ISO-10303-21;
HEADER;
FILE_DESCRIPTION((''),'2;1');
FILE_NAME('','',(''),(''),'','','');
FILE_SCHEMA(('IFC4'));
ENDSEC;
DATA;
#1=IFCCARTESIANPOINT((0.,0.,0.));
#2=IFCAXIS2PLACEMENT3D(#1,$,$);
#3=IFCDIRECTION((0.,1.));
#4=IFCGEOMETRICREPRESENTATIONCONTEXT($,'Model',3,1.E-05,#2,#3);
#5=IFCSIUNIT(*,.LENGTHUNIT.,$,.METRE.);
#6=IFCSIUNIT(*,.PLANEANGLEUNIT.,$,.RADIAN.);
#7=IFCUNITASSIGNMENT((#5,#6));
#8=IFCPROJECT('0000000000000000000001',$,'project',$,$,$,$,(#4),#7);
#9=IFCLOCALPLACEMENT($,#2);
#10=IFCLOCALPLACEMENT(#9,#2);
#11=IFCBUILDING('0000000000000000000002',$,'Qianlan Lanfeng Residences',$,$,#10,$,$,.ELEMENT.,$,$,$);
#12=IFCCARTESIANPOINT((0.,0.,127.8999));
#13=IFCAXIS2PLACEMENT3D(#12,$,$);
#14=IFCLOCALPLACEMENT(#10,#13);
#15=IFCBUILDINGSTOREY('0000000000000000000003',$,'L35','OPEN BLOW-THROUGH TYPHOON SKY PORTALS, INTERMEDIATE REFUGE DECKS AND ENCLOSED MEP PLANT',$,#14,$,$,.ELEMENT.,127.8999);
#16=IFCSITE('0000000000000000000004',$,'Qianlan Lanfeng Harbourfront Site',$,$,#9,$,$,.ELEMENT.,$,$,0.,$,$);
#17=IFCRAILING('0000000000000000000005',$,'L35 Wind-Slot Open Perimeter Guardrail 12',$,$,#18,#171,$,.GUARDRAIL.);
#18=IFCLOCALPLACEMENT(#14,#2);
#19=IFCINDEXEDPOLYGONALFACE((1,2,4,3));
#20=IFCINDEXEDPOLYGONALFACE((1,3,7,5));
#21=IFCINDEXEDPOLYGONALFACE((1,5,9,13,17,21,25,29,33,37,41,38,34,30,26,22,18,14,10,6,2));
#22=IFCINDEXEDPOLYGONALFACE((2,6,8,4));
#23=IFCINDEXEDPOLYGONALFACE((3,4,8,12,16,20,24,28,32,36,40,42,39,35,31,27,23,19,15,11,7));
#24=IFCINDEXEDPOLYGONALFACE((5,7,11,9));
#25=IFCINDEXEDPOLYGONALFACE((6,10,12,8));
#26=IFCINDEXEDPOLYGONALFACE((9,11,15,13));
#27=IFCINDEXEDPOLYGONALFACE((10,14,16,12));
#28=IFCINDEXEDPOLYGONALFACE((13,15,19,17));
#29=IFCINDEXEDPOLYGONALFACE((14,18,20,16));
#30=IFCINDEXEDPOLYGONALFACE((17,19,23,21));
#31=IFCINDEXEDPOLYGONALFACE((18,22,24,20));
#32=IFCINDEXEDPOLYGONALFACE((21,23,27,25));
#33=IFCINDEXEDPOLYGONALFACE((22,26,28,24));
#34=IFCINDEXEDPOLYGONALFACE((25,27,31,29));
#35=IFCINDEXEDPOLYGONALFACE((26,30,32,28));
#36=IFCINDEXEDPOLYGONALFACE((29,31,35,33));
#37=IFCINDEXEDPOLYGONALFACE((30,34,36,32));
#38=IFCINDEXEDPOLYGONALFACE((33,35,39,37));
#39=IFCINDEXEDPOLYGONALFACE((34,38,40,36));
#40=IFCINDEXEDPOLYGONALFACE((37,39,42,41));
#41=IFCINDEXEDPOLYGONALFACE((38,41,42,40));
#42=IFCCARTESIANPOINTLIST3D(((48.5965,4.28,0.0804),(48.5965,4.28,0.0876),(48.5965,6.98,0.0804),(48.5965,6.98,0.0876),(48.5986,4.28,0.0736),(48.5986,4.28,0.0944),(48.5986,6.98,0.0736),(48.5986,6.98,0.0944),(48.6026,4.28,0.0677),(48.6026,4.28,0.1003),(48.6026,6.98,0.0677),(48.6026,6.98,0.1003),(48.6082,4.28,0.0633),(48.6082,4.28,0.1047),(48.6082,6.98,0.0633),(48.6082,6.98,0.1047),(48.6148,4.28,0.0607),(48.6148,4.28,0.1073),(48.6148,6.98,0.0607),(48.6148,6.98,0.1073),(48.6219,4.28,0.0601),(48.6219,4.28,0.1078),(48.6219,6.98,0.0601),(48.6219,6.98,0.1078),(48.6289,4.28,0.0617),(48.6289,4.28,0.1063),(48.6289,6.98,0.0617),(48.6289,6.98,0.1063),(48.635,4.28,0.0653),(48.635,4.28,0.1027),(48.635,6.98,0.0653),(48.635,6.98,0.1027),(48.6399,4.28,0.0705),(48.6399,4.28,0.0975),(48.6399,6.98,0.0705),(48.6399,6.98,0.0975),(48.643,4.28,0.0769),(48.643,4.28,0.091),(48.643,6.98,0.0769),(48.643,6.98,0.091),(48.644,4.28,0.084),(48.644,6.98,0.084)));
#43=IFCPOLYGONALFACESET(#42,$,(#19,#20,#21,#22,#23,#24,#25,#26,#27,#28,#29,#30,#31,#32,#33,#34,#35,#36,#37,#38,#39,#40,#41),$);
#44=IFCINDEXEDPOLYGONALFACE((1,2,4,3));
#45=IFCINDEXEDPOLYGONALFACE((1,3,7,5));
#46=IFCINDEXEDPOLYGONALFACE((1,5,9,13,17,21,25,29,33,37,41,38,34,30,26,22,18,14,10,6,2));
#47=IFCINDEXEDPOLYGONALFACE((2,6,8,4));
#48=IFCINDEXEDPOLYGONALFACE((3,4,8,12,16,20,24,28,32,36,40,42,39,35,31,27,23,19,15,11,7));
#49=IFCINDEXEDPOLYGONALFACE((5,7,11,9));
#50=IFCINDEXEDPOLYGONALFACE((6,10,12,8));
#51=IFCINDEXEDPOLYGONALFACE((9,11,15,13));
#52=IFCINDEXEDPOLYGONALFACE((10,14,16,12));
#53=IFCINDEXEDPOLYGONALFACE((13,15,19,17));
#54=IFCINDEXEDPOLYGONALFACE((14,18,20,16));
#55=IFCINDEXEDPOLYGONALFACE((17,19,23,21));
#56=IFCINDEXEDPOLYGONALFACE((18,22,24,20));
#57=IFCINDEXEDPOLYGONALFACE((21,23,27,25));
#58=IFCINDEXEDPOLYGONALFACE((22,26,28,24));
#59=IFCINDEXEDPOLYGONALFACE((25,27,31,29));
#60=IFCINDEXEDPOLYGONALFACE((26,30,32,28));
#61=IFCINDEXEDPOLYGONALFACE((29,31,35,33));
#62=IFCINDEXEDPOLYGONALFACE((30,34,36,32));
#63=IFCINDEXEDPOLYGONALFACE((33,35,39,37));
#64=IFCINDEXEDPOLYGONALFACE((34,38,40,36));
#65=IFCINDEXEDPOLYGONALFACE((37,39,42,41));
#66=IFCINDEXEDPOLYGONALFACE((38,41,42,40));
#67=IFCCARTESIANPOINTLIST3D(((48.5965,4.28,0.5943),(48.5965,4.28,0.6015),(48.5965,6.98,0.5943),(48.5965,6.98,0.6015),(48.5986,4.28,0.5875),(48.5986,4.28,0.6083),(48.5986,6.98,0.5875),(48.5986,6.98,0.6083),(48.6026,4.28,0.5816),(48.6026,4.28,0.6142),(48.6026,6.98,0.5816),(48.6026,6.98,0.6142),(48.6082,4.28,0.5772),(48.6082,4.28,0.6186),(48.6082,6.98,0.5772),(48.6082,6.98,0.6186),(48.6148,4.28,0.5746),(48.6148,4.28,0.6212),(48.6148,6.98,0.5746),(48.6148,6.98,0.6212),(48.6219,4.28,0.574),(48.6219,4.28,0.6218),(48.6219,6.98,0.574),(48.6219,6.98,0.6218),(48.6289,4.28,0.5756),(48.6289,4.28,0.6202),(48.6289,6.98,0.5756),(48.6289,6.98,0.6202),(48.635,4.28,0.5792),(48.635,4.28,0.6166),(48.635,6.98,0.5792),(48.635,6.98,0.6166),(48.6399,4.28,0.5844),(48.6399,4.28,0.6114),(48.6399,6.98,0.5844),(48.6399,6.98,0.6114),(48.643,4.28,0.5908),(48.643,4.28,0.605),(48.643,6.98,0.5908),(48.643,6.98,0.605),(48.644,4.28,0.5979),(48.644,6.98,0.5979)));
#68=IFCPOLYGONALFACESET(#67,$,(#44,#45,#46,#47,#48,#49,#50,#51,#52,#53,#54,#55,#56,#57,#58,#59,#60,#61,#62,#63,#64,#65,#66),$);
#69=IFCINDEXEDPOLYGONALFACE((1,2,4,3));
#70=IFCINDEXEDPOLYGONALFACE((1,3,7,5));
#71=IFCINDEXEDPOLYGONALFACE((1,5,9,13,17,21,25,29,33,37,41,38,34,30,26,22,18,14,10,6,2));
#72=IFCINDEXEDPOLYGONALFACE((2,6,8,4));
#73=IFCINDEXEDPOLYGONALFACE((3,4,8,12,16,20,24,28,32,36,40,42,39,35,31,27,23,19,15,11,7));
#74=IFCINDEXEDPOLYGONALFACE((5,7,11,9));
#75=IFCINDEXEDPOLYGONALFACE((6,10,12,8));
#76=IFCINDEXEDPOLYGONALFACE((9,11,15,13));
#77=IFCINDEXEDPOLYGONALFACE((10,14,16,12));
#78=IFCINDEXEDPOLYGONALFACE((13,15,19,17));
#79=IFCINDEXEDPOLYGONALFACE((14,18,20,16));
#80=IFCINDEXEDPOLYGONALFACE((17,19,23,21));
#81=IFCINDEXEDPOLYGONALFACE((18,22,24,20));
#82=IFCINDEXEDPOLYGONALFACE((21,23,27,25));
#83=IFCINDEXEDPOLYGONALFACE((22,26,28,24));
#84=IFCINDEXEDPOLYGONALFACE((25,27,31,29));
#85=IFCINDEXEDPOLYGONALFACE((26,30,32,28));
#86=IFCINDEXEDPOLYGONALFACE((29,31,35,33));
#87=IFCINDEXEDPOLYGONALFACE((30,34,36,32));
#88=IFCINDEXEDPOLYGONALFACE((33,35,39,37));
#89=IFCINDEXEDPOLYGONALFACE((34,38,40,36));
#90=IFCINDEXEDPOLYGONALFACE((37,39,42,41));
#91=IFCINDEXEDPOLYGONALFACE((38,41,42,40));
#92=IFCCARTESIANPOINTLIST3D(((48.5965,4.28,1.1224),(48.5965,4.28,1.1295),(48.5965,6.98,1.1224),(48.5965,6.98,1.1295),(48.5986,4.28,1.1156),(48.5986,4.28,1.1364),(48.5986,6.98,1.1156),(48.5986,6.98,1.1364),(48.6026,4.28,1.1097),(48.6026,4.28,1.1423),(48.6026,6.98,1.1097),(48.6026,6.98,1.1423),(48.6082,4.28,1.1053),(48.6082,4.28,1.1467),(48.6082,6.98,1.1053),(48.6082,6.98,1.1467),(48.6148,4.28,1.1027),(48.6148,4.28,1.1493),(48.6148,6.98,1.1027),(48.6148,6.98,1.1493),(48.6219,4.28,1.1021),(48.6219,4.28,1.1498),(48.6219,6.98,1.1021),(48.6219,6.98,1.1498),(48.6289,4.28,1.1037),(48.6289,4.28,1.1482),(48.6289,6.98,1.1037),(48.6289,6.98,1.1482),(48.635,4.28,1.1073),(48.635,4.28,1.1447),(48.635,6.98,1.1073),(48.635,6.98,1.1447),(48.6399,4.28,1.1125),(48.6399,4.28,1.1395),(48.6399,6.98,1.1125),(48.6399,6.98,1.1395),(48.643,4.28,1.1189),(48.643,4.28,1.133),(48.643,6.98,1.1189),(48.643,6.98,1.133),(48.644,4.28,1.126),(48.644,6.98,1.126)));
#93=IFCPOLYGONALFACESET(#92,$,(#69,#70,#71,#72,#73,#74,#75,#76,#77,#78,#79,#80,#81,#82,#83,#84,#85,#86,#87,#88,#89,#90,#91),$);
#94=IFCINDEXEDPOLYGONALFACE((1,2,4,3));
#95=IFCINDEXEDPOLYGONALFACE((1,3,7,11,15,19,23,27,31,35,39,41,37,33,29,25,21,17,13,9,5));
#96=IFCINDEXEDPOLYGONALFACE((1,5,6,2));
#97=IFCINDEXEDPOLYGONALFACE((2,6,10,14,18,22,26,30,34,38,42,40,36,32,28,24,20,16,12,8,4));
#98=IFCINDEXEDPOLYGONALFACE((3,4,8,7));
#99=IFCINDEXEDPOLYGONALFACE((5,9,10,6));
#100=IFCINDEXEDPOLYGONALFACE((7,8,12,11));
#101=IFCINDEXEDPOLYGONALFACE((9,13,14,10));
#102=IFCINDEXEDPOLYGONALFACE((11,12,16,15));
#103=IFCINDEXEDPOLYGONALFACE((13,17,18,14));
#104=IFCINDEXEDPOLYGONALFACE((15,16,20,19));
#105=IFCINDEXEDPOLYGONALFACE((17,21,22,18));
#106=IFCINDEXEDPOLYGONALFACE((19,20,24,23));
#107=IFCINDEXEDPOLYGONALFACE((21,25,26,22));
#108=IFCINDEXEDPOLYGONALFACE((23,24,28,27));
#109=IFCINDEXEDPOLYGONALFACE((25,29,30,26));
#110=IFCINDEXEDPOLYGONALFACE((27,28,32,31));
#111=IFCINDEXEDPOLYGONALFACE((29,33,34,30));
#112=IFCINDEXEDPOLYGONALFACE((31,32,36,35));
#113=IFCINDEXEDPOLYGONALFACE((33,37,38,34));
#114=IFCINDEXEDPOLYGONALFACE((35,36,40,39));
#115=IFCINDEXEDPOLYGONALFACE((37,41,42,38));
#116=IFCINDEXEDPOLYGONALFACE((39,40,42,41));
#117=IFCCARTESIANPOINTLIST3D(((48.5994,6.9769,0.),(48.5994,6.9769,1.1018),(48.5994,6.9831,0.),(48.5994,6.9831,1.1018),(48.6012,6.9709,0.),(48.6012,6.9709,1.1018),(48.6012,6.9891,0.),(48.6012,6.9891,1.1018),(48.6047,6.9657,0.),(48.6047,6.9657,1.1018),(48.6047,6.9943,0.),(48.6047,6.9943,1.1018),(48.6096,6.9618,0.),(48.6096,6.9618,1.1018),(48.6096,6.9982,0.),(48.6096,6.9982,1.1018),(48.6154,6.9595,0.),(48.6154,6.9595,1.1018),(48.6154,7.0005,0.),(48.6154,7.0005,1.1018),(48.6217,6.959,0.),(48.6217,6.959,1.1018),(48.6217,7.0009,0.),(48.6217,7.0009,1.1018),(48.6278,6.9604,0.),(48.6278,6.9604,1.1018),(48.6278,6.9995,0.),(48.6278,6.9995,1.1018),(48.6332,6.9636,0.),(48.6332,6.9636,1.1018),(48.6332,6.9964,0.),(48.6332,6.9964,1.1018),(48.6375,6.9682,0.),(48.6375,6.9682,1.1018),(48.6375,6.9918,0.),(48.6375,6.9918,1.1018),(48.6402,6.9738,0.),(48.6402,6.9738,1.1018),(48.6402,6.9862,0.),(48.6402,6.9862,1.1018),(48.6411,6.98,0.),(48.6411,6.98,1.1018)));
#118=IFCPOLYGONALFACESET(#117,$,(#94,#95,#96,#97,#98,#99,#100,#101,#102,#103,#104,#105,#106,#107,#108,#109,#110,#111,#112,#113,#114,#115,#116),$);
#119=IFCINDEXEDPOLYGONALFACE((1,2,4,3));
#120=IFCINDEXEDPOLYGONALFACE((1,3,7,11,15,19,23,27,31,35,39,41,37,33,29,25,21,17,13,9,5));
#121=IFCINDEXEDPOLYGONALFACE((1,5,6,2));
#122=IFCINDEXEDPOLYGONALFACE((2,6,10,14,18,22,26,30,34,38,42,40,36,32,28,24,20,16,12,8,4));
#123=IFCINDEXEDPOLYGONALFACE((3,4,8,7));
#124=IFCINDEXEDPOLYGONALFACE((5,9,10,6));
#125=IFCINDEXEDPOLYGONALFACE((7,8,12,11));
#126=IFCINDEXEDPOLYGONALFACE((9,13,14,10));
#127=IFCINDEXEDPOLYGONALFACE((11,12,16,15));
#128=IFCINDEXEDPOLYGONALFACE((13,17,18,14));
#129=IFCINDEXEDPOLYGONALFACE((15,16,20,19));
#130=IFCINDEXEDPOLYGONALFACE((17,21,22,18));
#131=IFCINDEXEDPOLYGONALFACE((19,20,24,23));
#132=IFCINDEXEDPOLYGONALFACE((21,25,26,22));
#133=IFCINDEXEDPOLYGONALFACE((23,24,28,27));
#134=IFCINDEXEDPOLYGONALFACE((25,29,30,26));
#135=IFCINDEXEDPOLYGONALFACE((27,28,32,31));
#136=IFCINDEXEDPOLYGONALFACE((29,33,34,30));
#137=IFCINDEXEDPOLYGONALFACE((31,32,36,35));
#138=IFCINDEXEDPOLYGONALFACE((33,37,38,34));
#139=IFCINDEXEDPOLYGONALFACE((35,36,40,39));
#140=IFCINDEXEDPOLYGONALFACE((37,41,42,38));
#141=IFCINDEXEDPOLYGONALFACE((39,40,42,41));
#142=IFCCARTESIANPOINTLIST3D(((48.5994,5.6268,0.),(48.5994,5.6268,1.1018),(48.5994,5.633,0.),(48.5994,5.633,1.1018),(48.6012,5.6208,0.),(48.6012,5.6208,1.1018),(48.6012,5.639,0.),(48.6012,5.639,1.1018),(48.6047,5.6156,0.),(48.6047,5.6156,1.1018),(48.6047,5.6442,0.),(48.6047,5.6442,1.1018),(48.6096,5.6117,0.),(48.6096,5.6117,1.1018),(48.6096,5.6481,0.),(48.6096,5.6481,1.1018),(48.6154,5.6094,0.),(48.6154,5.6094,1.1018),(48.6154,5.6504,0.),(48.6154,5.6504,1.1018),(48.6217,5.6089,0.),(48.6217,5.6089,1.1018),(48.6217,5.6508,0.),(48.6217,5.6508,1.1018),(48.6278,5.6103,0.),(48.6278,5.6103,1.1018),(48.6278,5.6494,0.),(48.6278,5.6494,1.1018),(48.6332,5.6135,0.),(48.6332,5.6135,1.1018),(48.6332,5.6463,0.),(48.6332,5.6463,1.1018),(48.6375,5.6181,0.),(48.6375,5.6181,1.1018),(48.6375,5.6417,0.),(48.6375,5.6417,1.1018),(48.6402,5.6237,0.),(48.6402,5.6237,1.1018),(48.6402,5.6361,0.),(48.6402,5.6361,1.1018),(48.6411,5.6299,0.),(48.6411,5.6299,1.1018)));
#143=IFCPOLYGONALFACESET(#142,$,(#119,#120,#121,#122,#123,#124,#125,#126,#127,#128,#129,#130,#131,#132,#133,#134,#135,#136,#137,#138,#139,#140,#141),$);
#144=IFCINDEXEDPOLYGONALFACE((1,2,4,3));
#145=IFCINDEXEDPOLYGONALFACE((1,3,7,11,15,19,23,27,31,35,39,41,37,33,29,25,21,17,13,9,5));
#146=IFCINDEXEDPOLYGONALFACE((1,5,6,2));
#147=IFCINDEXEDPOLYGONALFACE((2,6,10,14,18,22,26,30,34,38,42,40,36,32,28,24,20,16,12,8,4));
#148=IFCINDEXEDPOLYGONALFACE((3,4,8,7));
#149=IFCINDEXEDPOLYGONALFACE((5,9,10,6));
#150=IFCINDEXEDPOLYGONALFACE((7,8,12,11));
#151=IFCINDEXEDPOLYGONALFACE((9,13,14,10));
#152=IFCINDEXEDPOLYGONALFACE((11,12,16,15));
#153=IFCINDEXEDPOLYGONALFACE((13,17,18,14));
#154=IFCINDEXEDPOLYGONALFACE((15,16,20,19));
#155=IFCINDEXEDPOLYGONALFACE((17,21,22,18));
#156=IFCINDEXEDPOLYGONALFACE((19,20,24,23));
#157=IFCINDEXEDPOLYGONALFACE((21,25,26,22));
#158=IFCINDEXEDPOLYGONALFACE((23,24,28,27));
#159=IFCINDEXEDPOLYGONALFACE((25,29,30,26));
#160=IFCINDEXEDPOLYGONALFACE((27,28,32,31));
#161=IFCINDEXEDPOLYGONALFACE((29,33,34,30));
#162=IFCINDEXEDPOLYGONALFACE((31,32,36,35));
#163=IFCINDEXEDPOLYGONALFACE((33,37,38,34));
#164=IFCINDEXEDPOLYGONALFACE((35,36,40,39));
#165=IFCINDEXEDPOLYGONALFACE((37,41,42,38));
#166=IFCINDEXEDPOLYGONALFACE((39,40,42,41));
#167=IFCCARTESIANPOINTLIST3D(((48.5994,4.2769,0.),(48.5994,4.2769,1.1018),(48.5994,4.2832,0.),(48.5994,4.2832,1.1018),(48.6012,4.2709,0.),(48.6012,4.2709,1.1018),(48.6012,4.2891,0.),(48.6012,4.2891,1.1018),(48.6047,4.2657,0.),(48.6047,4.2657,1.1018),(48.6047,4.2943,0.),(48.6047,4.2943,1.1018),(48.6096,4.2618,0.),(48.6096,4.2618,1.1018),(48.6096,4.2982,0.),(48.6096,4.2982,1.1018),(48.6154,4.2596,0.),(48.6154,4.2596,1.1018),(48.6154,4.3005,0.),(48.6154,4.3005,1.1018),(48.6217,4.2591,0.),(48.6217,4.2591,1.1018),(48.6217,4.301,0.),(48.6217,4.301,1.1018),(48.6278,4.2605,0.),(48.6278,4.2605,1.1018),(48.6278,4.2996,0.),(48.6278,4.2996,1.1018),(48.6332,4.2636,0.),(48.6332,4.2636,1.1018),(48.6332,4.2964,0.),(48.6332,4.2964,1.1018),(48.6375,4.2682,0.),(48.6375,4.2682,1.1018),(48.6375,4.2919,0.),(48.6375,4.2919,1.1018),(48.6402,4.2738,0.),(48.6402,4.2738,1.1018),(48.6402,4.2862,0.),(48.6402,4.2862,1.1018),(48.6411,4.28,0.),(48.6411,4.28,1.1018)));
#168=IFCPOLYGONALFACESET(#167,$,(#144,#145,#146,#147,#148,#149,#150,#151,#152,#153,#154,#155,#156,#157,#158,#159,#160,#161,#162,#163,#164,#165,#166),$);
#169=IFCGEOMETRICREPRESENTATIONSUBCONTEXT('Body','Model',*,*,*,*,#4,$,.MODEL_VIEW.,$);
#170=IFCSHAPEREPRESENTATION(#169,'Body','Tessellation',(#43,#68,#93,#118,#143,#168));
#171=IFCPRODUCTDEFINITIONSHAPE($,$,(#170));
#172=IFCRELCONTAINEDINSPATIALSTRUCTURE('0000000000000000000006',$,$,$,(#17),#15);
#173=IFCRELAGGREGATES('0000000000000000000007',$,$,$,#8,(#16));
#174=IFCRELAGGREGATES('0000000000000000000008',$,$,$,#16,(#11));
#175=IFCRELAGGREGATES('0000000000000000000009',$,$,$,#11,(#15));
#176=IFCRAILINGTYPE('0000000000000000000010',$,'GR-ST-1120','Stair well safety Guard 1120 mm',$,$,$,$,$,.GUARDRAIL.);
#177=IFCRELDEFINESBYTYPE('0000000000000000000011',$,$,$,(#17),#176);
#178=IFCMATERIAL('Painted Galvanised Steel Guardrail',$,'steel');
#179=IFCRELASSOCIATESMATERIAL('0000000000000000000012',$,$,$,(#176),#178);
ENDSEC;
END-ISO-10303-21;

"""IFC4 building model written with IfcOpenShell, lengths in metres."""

from ifc_helpers import new_model, si_unit, direction, frame, origin, origin_2d, place, context, subcontext, project, spatial, circle, extrude, material, type_object, element, save


model = new_model("IFC4")

# Units and contexts
model_context = context("Model", 3, precision=1e-05, world=origin(), true_north=direction((0.0, 1.0)))
body_context = subcontext(model_context, "Body", "Model", "MODEL_VIEW")
ifc_project = project(units=[si_unit("LENGTHUNIT", "METRE"), si_unit("PLANEANGLEUNIT", "RADIAN")], contexts=[model_context])

# Site, building, storey
site_placement = place(None, origin())
site = spatial("IfcSite", under=ifc_project, at=site_placement, Name="Qianlan Lanfeng Harbourfront Site", CompositionType="ELEMENT", RefElevation=0.0)
building_placement = place(site_placement, origin())
building = spatial("IfcBuilding", under=site, at=building_placement, Name="Qianlan Lanfeng Residences", CompositionType="ELEMENT")
storey_placement = place(building_placement, frame((0.0, 0.0, 127.8999)))
storey = spatial("IfcBuildingStorey", under=building, at=storey_placement, Name="L35", Description="OPEN BLOW-THROUGH TYPHOON SKY PORTALS, INTERMEDIATE REFUGE DECKS AND ENCLOSED MEP PLANT", CompositionType="ELEMENT", Elevation=127.8999)

# Railing
ifc_material_1 = material(Name="Painted Galvanised Steel Guardrail", Category="steel")
railing_type = type_object("IfcRailingType", Name="GR-ST-1120", Description="Stair well safety Guard 1120 mm", PredefinedType="GUARDRAIL", material=ifc_material_1)
railing_1_placement = place(storey_placement, frame((48.6201, 6.98, 0.0)))
element("IfcRailing", 1, at=railing_1_placement, inside=storey, type_object=railing_type, Name="L35 Wind-Slot Open Perimeter Guardrail 12", PredefinedType="GUARDRAIL", context=body_context, shape_type="SweptSolid", body=[
    extrude(circle(Radius=0.0239, at=origin_2d()), frame((0.0, 0.0, 0.084), z_axis=(0.0, -1.0, 0.0), x_axis=(1.0, 0.0, 0.0)), (0.0, 0.0, 1.0), 2.7),
    extrude(circle(Radius=0.0239, at=origin_2d()), frame((0.0, 0.0, 0.5979), z_axis=(0.0, -1.0, 0.0), x_axis=(1.0, 0.0, 0.0)), (0.0, 0.0, 1.0), 2.7),
    extrude(circle(Radius=0.0239, at=origin_2d()), frame((0.0, 0.0, 1.126), z_axis=(0.0, -1.0, 0.0), x_axis=(1.0, 0.0, 0.0)), (0.0, 0.0, 1.0), 2.7),
    extrude(circle(Radius=0.021, at=origin_2d()), origin(), (0.0, 0.0, 1.0), 1.1018),
    extrude(circle(Radius=0.021, at=origin_2d()), frame((0.0, -1.3501, 0.0)), (0.0, 0.0, 1.0), 1.1018),
    extrude(circle(Radius=0.021, at=origin_2d()), frame((0.0, -2.7, 0.0)), (0.0, 0.0, 1.0), 1.1018),
])

save(model, "model.ifc")
